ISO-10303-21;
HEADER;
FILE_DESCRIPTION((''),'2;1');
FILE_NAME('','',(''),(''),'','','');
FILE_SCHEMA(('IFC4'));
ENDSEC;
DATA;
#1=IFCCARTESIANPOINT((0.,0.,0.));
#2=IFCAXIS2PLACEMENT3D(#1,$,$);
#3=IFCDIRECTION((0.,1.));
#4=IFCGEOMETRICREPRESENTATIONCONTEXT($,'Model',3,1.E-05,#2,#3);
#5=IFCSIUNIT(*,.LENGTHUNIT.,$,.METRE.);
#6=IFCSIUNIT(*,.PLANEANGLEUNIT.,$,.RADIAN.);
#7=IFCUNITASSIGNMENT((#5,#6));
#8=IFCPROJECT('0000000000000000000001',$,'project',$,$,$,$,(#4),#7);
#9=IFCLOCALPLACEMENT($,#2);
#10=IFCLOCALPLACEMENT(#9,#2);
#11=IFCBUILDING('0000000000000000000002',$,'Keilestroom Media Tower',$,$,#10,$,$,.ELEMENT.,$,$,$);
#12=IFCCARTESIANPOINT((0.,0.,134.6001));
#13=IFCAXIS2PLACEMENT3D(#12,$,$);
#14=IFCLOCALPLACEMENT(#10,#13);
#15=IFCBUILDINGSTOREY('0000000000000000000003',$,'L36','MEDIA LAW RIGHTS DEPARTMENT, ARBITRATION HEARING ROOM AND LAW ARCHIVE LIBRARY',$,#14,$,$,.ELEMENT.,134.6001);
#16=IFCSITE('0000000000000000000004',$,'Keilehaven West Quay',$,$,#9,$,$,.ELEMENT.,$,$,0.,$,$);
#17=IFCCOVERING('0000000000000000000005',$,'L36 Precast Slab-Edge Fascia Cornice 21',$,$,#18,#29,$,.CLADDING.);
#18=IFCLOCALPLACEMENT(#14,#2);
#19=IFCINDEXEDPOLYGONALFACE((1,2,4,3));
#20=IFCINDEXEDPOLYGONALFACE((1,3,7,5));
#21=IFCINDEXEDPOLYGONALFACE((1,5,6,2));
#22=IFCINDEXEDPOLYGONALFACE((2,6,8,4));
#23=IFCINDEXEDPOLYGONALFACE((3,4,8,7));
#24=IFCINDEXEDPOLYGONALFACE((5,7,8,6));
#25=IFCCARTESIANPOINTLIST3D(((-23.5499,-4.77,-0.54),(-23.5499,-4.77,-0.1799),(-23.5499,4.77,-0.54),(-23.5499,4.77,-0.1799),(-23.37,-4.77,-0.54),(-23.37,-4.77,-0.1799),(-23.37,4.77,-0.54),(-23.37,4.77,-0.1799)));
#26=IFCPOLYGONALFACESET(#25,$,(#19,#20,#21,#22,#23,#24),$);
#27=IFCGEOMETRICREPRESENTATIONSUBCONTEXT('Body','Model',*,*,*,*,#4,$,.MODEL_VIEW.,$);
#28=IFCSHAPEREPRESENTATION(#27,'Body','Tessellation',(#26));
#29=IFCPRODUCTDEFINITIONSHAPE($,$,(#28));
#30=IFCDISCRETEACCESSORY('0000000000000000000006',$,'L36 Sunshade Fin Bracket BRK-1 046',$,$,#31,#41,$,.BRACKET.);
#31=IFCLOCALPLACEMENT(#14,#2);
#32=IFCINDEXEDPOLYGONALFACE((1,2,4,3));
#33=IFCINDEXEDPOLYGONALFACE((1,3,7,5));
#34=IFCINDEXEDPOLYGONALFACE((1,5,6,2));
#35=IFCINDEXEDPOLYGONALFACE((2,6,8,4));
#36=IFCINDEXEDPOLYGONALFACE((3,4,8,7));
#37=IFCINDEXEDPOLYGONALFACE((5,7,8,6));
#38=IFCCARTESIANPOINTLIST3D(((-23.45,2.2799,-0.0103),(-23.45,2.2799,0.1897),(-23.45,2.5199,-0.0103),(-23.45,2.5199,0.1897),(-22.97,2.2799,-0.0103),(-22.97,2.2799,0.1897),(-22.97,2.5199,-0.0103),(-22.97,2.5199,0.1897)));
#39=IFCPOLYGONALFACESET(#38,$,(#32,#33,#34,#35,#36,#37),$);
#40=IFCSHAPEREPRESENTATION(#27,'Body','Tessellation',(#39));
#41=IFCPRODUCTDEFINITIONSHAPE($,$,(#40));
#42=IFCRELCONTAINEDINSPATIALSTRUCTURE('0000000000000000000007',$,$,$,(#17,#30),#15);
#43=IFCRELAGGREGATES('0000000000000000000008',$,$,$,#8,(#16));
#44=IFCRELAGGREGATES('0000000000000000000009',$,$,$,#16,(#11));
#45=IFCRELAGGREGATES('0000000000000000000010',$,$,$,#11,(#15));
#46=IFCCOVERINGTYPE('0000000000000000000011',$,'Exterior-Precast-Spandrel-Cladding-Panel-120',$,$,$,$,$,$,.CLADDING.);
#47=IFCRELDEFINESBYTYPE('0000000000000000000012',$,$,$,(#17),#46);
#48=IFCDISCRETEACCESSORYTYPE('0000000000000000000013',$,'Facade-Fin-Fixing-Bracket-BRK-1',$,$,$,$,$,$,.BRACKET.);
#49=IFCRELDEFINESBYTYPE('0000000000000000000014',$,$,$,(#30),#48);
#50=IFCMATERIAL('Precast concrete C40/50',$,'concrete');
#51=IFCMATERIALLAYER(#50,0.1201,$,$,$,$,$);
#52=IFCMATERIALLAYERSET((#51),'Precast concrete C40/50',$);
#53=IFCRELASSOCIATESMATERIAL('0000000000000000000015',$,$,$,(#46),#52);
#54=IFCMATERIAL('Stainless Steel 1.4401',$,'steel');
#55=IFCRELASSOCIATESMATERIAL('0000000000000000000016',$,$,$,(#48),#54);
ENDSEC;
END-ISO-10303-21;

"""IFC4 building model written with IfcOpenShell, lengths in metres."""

from ifc_helpers import new_model, si_unit, direction, frame, origin, origin_2d, place, context, subcontext, project, spatial, rectangle, extrude, source, transform, mapped, material, layer, layer_set, type_object, element, save


model = new_model("IFC4")

# Units and contexts
model_context = context("Model", 3, precision=1e-05, world=origin(), true_north=direction((0.0, 1.0)))
body_context = subcontext(model_context, "Body", "Model", "MODEL_VIEW")
ifc_project = project(units=[si_unit("LENGTHUNIT", "METRE"), si_unit("PLANEANGLEUNIT", "RADIAN")], contexts=[model_context])

# Site, building, storey
site_placement = place(None, origin())
site = spatial("IfcSite", under=ifc_project, at=site_placement, Name="Keilehaven West Quay", CompositionType="ELEMENT", RefElevation=0.0)
building_placement = place(site_placement, origin())
building = spatial("IfcBuilding", under=site, at=building_placement, Name="Keilestroom Media Tower", CompositionType="ELEMENT")
storey_placement = place(building_placement, frame((0.0, 0.0, 134.6001)))
storey = spatial("IfcBuildingStorey", under=building, at=storey_placement, Name="L36", Description="MEDIA LAW RIGHTS DEPARTMENT, ARBITRATION HEARING ROOM AND LAW ARCHIVE LIBRARY", CompositionType="ELEMENT", Elevation=134.6001)

# Shared definitions
ifc_material_1 = material(Name="Precast concrete C40/50", Category="concrete")

# Covering
ifc_layer_1 = layer(ifc_material_1, 0.1201)
ifc_layer_set_1 = layer_set([ifc_layer_1], Name="Precast concrete C40/50")
covering_type = type_object("IfcCoveringType", Name="Exterior-Precast-Spandrel-Cladding-Panel-120", PredefinedType="CLADDING", material=ifc_layer_set_1)
shared_shape_1 = source(origin(), body_context, "Body", "SweptSolid", [
    extrude(rectangle(XDim=9.54, YDim=0.1799, at=origin_2d()), origin(), (0.0, 0.0, 1.0), 0.3601),
])
covering_placement = place(storey_placement, frame((-23.46, 0.0, -0.54), z_axis=(0.0, 0.0, 1.0), x_axis=(0.0, 1.0, 0.0)))
element("IfcCovering", 1, at=covering_placement, inside=storey, type_object=covering_type, Name="L36 Precast Slab-Edge Fascia Cornice 21", PredefinedType="CLADDING", context=body_context, shape_type="MappedRepresentation", body=[
    mapped(shared_shape_1, transform((0.0, 0.0, 0.0), x_axis=(1.0, 0.0, 0.0), y_axis=(0.0, 1.0, 0.0), z_axis=(0.0, 0.0, 1.0), scale=1.0)),
])

# Discrete accessory
ifc_material_2 = material(Name="Stainless Steel 1.4401", Category="steel")
discrete_accessory_type = type_object("IfcDiscreteAccessoryType", Name="Facade-Fin-Fixing-Bracket-BRK-1", PredefinedType="BRACKET", material=ifc_material_2)
shared_shape_2 = source(origin(), body_context, "Body", "SweptSolid", [
    extrude(rectangle(XDim=0.48, YDim=0.24, at=origin_2d()), origin(), (0.0, 0.0, 1.0), 0.2),
])
discrete_accessory_placement = place(storey_placement, frame((-23.21, 2.3999, -0.0103), z_axis=(0.0, 0.0, 1.0), x_axis=(1.0, 0.0, 0.0)))
element("IfcDiscreteAccessory", 2, at=discrete_accessory_placement, inside=storey, type_object=discrete_accessory_type, Name="L36 Sunshade Fin Bracket BRK-1 046", PredefinedType="BRACKET", context=body_context, shape_type="MappedRepresentation", body=[
    mapped(shared_shape_2, transform((0.0, 0.0, 0.0), x_axis=(1.0, 0.0, 0.0), y_axis=(0.0, 1.0, 0.0), z_axis=(0.0, 0.0, 1.0), scale=1.0)),
])

save(model, "model.ifc")
